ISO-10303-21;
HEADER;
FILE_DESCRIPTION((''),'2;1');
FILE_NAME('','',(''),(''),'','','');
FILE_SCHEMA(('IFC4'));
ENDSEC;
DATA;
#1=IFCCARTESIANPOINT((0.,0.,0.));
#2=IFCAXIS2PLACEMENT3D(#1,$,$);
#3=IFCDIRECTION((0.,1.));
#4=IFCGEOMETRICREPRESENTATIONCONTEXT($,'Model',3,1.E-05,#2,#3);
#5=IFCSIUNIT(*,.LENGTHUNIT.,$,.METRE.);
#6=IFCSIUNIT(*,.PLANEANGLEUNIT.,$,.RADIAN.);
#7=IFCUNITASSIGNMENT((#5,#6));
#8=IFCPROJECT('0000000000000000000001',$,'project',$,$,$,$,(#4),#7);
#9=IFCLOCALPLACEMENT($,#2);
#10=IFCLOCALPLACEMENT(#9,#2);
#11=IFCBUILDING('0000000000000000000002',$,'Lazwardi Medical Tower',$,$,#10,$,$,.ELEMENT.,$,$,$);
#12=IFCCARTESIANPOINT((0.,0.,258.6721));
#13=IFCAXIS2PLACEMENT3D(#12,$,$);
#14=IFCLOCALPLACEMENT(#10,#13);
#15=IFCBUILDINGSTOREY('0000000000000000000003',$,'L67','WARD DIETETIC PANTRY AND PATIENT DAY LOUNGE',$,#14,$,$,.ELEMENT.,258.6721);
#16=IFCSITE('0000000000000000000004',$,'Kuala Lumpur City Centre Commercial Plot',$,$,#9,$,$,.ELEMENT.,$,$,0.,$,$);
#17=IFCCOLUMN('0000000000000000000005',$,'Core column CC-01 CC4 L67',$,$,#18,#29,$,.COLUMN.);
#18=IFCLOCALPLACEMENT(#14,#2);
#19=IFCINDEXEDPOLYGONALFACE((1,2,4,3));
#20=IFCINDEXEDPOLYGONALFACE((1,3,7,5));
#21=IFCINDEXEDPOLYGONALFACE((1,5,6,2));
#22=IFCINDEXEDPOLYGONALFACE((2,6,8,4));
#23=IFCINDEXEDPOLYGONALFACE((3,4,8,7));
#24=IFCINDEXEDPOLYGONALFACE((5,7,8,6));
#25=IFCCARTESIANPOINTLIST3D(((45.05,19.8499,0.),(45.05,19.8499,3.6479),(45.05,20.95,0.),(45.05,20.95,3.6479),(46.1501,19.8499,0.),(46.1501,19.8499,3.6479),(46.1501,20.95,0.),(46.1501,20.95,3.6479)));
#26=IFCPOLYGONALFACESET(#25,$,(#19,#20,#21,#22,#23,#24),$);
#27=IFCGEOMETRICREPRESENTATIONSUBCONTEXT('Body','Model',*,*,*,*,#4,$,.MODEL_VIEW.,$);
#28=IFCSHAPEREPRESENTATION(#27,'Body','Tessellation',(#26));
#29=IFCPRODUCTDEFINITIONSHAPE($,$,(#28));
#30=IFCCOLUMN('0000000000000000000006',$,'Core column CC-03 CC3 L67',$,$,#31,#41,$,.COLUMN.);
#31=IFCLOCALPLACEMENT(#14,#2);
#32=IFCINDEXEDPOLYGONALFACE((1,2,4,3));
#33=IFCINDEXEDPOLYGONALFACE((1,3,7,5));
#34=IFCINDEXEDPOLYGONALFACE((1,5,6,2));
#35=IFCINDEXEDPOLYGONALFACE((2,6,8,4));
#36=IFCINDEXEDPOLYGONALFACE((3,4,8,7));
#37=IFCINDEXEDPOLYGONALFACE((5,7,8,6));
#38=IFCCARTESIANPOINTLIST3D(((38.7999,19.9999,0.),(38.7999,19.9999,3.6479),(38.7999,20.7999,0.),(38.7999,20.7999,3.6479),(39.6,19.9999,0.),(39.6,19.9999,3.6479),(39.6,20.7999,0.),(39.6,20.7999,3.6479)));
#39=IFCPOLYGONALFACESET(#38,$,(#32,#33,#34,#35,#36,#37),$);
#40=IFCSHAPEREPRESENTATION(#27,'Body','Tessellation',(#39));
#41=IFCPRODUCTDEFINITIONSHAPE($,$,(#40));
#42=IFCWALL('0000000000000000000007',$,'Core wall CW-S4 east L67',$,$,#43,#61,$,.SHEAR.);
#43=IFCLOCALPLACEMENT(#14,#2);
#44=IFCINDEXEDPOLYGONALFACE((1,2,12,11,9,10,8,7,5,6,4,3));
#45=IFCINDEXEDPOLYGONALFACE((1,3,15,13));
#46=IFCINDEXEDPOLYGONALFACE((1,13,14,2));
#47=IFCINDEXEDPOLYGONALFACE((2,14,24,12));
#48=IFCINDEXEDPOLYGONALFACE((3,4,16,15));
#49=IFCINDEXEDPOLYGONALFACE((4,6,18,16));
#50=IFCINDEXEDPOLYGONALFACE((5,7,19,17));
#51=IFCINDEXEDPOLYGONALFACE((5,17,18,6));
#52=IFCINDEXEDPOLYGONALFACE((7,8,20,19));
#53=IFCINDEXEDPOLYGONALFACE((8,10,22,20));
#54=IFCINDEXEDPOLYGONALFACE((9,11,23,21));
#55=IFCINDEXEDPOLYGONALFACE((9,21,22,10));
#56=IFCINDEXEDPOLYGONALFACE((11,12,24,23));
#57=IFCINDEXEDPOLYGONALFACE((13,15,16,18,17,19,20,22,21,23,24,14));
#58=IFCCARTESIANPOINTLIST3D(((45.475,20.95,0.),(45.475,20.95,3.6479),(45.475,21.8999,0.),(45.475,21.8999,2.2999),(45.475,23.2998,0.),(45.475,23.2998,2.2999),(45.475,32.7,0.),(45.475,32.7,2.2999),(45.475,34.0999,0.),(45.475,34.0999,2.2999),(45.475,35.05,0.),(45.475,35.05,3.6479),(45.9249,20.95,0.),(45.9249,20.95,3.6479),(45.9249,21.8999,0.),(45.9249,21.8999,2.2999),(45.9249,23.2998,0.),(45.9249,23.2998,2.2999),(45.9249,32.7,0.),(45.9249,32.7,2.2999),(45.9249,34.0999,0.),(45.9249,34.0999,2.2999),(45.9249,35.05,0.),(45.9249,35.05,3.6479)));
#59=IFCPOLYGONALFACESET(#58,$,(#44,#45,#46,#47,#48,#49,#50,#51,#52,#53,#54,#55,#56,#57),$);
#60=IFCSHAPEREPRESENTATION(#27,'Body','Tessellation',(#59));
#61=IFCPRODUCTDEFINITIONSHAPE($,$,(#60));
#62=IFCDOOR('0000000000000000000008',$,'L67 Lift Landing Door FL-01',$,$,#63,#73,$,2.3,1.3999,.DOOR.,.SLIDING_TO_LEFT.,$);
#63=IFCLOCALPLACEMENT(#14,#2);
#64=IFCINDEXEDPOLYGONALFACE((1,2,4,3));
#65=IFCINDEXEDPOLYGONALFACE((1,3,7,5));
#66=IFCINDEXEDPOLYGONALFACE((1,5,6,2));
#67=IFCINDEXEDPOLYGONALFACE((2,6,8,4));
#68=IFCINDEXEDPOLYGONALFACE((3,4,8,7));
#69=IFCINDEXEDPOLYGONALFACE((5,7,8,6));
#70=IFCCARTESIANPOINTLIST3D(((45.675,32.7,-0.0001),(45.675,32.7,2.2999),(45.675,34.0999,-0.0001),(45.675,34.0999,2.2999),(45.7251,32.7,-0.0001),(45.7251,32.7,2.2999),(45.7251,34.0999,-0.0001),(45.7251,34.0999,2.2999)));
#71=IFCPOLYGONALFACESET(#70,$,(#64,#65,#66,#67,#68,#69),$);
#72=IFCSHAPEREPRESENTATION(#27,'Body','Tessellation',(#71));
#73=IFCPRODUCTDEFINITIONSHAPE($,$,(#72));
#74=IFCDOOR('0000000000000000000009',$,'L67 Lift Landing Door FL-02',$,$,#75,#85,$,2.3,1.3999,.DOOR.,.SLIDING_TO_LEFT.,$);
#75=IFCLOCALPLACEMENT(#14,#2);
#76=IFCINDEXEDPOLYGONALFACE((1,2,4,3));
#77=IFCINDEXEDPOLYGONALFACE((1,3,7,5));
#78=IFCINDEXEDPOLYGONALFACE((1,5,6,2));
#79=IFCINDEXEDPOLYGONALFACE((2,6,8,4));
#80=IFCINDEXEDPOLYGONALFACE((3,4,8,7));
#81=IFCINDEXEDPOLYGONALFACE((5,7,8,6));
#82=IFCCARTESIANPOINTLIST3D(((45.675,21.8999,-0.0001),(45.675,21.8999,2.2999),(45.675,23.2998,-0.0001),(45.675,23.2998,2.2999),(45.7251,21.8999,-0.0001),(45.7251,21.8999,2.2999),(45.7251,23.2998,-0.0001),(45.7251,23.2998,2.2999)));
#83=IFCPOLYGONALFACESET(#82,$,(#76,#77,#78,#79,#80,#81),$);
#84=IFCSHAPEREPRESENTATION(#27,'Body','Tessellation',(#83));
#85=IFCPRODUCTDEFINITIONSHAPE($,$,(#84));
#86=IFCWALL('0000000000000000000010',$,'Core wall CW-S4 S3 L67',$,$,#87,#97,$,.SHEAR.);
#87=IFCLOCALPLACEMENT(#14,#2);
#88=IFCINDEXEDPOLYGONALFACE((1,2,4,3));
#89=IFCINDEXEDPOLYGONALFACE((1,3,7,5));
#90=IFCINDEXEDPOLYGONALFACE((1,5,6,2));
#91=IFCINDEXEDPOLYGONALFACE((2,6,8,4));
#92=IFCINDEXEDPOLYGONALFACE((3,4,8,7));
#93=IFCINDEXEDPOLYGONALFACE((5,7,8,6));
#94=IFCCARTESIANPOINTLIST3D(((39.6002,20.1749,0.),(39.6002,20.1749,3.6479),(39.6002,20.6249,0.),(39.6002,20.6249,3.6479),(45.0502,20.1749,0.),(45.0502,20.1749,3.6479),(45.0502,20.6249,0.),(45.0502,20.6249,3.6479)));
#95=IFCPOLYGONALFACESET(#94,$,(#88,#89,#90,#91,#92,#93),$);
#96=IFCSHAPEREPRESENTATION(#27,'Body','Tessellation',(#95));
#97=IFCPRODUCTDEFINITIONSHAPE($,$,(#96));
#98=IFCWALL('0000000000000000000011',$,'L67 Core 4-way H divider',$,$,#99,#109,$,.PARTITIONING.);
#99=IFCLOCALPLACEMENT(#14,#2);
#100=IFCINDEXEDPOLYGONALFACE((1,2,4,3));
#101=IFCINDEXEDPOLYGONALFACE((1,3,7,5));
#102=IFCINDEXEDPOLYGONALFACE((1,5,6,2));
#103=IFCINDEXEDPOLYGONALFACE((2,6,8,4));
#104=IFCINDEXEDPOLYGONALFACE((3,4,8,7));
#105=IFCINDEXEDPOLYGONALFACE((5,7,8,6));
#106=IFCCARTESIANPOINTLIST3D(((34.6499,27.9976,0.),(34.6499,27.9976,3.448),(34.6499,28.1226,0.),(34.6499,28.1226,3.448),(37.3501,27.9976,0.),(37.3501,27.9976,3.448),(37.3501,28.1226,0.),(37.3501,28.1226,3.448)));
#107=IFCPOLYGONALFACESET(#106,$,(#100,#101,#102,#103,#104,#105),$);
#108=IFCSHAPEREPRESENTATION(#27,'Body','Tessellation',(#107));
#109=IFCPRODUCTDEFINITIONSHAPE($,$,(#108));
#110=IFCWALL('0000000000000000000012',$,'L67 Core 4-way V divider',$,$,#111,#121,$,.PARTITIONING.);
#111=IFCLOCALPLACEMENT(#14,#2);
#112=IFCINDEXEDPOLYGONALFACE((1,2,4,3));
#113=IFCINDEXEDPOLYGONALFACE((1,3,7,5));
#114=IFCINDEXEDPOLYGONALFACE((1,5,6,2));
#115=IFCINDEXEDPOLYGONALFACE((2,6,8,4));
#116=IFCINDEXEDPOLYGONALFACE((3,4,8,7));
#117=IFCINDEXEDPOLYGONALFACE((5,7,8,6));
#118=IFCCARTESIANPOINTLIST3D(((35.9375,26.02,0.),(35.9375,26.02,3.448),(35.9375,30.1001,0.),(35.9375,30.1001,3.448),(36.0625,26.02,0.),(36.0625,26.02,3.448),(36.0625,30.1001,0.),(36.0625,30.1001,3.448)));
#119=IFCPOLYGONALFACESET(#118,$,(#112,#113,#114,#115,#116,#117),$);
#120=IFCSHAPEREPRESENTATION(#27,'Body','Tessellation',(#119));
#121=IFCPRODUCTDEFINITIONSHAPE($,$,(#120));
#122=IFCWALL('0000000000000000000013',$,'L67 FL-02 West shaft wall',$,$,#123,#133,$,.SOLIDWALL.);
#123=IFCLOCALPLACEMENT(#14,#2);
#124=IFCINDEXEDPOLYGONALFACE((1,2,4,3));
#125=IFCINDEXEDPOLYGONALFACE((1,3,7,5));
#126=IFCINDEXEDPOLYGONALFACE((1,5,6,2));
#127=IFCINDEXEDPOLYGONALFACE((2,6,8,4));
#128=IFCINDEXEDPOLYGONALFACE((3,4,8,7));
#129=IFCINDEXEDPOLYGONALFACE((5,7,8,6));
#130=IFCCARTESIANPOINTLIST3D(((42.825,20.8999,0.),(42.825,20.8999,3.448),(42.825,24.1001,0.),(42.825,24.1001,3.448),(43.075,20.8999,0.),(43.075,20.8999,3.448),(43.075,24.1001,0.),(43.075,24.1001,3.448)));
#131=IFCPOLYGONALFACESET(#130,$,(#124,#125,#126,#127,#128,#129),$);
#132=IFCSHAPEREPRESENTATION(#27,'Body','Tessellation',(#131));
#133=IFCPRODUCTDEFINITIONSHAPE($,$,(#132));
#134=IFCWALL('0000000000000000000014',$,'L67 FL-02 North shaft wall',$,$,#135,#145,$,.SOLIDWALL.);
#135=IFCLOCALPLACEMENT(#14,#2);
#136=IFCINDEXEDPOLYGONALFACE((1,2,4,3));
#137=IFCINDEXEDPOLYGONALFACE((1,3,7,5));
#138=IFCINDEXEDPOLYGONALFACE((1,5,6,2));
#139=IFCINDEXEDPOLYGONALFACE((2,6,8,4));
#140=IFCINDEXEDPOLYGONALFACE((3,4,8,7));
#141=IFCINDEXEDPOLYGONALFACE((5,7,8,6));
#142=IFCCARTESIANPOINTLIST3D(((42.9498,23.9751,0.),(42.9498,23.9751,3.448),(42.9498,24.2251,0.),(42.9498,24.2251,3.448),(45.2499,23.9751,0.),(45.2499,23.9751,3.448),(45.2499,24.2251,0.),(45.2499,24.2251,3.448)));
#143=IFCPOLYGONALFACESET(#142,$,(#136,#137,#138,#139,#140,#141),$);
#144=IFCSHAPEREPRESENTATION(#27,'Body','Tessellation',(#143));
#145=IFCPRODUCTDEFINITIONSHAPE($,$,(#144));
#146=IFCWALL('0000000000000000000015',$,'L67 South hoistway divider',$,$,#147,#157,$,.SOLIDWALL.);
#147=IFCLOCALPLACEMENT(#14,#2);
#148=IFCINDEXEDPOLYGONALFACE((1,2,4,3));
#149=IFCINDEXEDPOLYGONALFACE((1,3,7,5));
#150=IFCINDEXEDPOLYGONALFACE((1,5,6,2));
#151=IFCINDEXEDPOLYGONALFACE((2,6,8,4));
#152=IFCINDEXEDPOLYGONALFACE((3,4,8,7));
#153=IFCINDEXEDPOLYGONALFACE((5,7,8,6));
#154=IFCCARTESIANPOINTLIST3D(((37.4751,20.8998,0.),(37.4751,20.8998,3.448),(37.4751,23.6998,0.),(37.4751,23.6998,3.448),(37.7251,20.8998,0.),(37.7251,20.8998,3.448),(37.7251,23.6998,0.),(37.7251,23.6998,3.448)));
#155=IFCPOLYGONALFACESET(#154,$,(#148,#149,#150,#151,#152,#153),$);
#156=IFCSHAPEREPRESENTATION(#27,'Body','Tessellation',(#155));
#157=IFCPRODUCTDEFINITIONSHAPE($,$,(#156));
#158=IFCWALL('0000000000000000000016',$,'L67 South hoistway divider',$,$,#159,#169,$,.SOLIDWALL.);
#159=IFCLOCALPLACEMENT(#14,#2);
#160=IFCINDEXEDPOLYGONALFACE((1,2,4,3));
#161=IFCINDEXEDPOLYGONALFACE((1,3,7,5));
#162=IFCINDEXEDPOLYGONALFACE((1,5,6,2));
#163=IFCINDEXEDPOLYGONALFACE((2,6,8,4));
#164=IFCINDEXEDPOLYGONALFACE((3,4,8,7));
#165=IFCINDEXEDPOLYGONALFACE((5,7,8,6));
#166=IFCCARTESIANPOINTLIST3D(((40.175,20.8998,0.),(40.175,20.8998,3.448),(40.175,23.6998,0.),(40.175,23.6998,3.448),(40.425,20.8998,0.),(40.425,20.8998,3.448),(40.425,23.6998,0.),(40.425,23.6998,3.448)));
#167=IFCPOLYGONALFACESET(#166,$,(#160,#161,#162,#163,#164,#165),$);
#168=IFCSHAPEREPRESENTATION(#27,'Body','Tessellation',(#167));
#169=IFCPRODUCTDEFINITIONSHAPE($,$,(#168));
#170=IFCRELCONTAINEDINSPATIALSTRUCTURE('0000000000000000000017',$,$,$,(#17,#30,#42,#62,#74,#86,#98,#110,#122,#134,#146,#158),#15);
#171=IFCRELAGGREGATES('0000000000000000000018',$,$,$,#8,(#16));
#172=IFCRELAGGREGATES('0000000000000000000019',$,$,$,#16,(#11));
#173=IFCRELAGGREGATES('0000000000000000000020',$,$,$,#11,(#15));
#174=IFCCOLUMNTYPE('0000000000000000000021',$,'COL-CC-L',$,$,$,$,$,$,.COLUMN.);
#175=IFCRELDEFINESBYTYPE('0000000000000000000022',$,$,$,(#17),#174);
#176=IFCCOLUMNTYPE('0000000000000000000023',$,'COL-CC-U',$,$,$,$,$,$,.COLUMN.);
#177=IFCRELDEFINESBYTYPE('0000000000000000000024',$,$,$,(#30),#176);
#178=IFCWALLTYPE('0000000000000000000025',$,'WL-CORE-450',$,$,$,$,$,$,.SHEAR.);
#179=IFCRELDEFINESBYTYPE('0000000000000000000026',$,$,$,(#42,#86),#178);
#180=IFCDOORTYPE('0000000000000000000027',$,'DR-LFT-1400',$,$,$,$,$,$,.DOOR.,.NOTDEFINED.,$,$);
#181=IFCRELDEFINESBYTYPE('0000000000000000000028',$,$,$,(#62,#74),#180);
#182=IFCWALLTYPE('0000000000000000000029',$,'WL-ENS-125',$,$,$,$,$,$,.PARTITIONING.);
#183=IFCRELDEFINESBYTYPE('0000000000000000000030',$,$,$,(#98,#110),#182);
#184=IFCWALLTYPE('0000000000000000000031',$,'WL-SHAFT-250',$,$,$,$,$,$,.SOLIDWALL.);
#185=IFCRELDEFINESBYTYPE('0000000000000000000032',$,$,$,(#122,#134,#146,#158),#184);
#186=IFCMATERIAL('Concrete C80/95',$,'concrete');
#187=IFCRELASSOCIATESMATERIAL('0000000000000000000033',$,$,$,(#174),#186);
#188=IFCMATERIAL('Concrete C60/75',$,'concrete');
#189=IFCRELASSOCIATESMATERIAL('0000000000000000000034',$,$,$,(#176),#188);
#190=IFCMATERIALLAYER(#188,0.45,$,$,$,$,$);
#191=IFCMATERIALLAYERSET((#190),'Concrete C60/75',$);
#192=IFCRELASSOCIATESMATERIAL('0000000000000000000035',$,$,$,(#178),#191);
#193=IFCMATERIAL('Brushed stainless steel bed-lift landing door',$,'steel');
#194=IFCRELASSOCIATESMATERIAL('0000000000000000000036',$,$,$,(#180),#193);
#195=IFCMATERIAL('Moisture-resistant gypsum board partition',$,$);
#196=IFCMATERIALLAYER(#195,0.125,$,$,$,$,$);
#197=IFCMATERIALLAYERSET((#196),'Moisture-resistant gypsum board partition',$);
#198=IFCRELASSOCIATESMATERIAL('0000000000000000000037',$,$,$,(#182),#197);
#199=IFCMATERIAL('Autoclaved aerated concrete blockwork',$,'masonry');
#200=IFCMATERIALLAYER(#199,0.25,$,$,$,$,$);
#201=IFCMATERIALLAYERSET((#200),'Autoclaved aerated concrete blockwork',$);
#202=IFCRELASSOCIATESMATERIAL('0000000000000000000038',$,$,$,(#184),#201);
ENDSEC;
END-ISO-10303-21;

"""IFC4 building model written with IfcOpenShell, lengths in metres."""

from ifc_helpers import new_model, si_unit, direction, frame, frame_2d, origin, origin_2d, place, context, subcontext, project, spatial, rectangle, extrude, material, layer, layer_set, material_profile, profile_set, type_object, element, fill, save


model = new_model("IFC4")

# Units and contexts
model_context = context("Model", 3, precision=1e-05, world=origin(), true_north=direction((0.0, 1.0)))
body_context = subcontext(model_context, "Body", "Model", "MODEL_VIEW")
ifc_project = project(units=[si_unit("LENGTHUNIT", "METRE"), si_unit("PLANEANGLEUNIT", "RADIAN")], contexts=[model_context])

# Site, building, storey
site_placement = place(None, origin())
site = spatial("IfcSite", under=ifc_project, at=site_placement, Name="Kuala Lumpur City Centre Commercial Plot", CompositionType="ELEMENT", RefElevation=0.0)
building_placement = place(site_placement, origin())
building = spatial("IfcBuilding", under=site, at=building_placement, Name="Lazwardi Medical Tower", CompositionType="ELEMENT")
storey_placement = place(building_placement, frame((0.0, 0.0, 258.6721)))
storey = spatial("IfcBuildingStorey", under=building, at=storey_placement, Name="L67", Description="WARD DIETETIC PANTRY AND PATIENT DAY LOUNGE", CompositionType="ELEMENT", Elevation=258.6721)

# Columns
ifc_material_1 = material(Name="Concrete C80/95", Category="concrete")
ifc_material_profile_1 = material_profile(ifc_material_1, rectangle(XDim=1.1001, YDim=1.1001, at=origin_2d()), Name="RC 1100x1100")
ifc_profile_set_1 = profile_set([ifc_material_profile_1], Name="Concrete C80/95")
column_type_1 = type_object("IfcColumnType", Name="COL-CC-L", PredefinedType="COLUMN", material=ifc_profile_set_1)
column_1_placement = place(storey_placement, frame((45.6001, 20.3999, 0.0), z_axis=(0.0, 0.0, 1.0), x_axis=(1.0, 0.0, 0.0)))
element("IfcColumn", 1, at=column_1_placement, inside=storey, type_object=column_type_1, Name="Core column CC-01 CC4 L67", PredefinedType="COLUMN", context=body_context, shape_type="SweptSolid", body=[
    extrude(rectangle(XDim=1.1001, YDim=1.1001, at=origin_2d()), origin(), (0.0, 0.0, 1.0), 3.6479),
])
ifc_material_2 = material(Name="Concrete C60/75", Category="concrete")
ifc_material_profile_2 = material_profile(ifc_material_2, rectangle(XDim=0.8, YDim=0.8, at=origin_2d()), Name="RC 800x800")
ifc_profile_set_2 = profile_set([ifc_material_profile_2], Name="Concrete C60/75")
column_type_2 = type_object("IfcColumnType", Name="COL-CC-U", PredefinedType="COLUMN", material=ifc_profile_set_2)
column_2_placement = place(storey_placement, frame((39.2, 20.3999, 0.0), z_axis=(0.0, 0.0, 1.0), x_axis=(1.0, 0.0, 0.0)))
element("IfcColumn", 2, at=column_2_placement, inside=storey, type_object=column_type_2, Name="Core column CC-03 CC3 L67", PredefinedType="COLUMN", context=body_context, shape_type="SweptSolid", body=[
    extrude(rectangle(XDim=0.8, YDim=0.8, at=origin_2d()), origin(), (0.0, 0.0, 1.0), 3.6479),
])

# Wall, openings, doors
ifc_layer_1 = layer(ifc_material_2, 0.45)
ifc_layer_set_1 = layer_set([ifc_layer_1], Name="Concrete C60/75")
wall_type_1 = type_object("IfcWallType", Name="WL-CORE-450", PredefinedType="SHEAR", material=ifc_layer_set_1)
wall_1_placement = place(storey_placement, frame((45.7, 20.95, 0.0), z_axis=(0.0, 0.0, 1.0), x_axis=(0.0, 1.0, 0.0)))
wall_1 = element("IfcWall", 3, at=wall_1_placement, inside=storey, type_object=wall_type_1, Name="Core wall CW-S4 east L67", PredefinedType="SHEAR", context=body_context, shape_type="SweptSolid", body=[
    extrude(rectangle(XDim=14.1001, YDim=0.45, at=frame_2d((7.05, 0.0))), origin(), (0.0, 0.0, 1.0), 3.6479),
])
opening_1_placement = place(wall_1_placement, frame((11.75, 0.0, 0.0)))
opening_1 = element("IfcOpeningElement", 4, at=opening_1_placement, cuts=wall_1, PredefinedType="OPENING", context=body_context, shape_type="SweptSolid", body=[
    extrude(rectangle(XDim=1.3999, YDim=2.3, at=frame_2d((0.7, 1.1499))), frame((0.0, 0.2349, 0.0), z_axis=(0.0, -1.0, 0.0), x_axis=(1.0, 0.0, 0.0)), (0.0, 0.0, 1.0), 0.47),
])
opening_2_placement = place(wall_1_placement, frame((0.95, 0.0, 0.0)))
opening_2 = element("IfcOpeningElement", 5, at=opening_2_placement, cuts=wall_1, PredefinedType="OPENING", context=body_context, shape_type="SweptSolid", body=[
    extrude(rectangle(XDim=1.3999, YDim=2.3, at=frame_2d((0.7, 1.1499))), frame((0.0, 0.2349, 0.0), z_axis=(0.0, -1.0, 0.0), x_axis=(1.0, 0.0, 0.0)), (0.0, 0.0, 1.0), 0.47),
])
ifc_material_3 = material(Name="Brushed stainless steel bed-lift landing door", Category="steel")
door_type_1 = type_object("IfcDoorType", Name="DR-LFT-1400", OperationType="NOTDEFINED", PredefinedType="DOOR", material=ifc_material_3)
door_1_placement = place(opening_1_placement, origin())
door_1 = element("IfcDoor", 6, at=door_1_placement, inside=storey, type_object=door_type_1, Name="L67 Lift Landing Door FL-01", OperationType="SLIDING_TO_LEFT", OverallHeight=2.3, OverallWidth=1.3999, PredefinedType="DOOR", context=body_context, shape_type="SweptSolid", body=[
    extrude(rectangle(XDim=1.3999, YDim=2.3, at=frame_2d((0.7, 1.1499))), frame((0.0, 0.0249, 0.0), z_axis=(0.0, -1.0, 0.0), x_axis=(1.0, 0.0, 0.0)), (0.0, 0.0, 1.0), 0.05),
])
fill(opening_1, door_1)
door_2_placement = place(opening_2_placement, origin())
door_2 = element("IfcDoor", 7, at=door_2_placement, inside=storey, type_object=door_type_1, Name="L67 Lift Landing Door FL-02", OperationType="SLIDING_TO_LEFT", OverallHeight=2.3, OverallWidth=1.3999, PredefinedType="DOOR", context=body_context, shape_type="SweptSolid", body=[
    extrude(rectangle(XDim=1.3999, YDim=2.3, at=frame_2d((0.7, 1.1499))), frame((0.0, 0.0249, 0.0), z_axis=(0.0, -1.0, 0.0), x_axis=(1.0, 0.0, 0.0)), (0.0, 0.0, 1.0), 0.05),
])
fill(opening_2, door_2)

# Walls
wall_2_placement = place(storey_placement, frame((39.6001, 20.3999, 0.0), z_axis=(0.0, 0.0, 1.0), x_axis=(1.0, 0.0, 0.0)))
element("IfcWall", 8, at=wall_2_placement, inside=storey, type_object=wall_type_1, Name="Core wall CW-S4 S3 L67", PredefinedType="SHEAR", context=body_context, shape_type="SweptSolid", body=[
    extrude(rectangle(XDim=5.45, YDim=0.45, at=frame_2d((2.7251, 0.0))), origin(), (0.0, 0.0, 1.0), 3.6479),
])
ifc_material_4 = material(Name="Moisture-resistant gypsum board partition")
ifc_layer_2 = layer(ifc_material_4, 0.125)
ifc_layer_set_2 = layer_set([ifc_layer_2], Name="Moisture-resistant gypsum board partition")
wall_type_2 = type_object("IfcWallType", Name="WL-ENS-125", PredefinedType="PARTITIONING", material=ifc_layer_set_2)
wall_3_placement = place(storey_placement, frame((34.6499, 28.0601, 0.0), z_axis=(0.0, 0.0, 1.0), x_axis=(1.0, 0.0, 0.0)))
element("IfcWall", 9, at=wall_3_placement, inside=storey, type_object=wall_type_2, Name="L67 Core 4-way H divider", PredefinedType="PARTITIONING", context=body_context, shape_type="SweptSolid", body=[
    extrude(rectangle(XDim=2.7002, YDim=0.125, at=frame_2d((1.3501, 0.0))), origin(), (0.0, 0.0, 1.0), 3.448),
])
wall_4_placement = place(storey_placement, frame((36.0, 26.02, 0.0), z_axis=(0.0, 0.0, 1.0), x_axis=(0.0, 1.0, 0.0)))
element("IfcWall", 10, at=wall_4_placement, inside=storey, type_object=wall_type_2, Name="L67 Core 4-way V divider", PredefinedType="PARTITIONING", context=body_context, shape_type="SweptSolid", body=[
    extrude(rectangle(XDim=4.0801, YDim=0.125, at=frame_2d((2.04, 0.0))), origin(), (0.0, 0.0, 1.0), 3.448),
])
ifc_material_5 = material(Name="Autoclaved aerated concrete blockwork", Category="masonry")
ifc_layer_3 = layer(ifc_material_5, 0.25)
ifc_layer_set_3 = layer_set([ifc_layer_3], Name="Autoclaved aerated concrete blockwork")
wall_type_3 = type_object("IfcWallType", Name="WL-SHAFT-250", PredefinedType="SOLIDWALL", material=ifc_layer_set_3)
wall_5_placement = place(storey_placement, frame((42.95, 20.8999, 0.0), z_axis=(0.0, 0.0, 1.0), x_axis=(0.0, 1.0, 0.0)))
element("IfcWall", 11, at=wall_5_placement, inside=storey, type_object=wall_type_3, Name="L67 FL-02 West shaft wall", PredefinedType="SOLIDWALL", context=body_context, shape_type="SweptSolid", body=[
    extrude(rectangle(XDim=3.2002, YDim=0.25, at=frame_2d((1.6001, 0.0))), origin(), (0.0, 0.0, 1.0), 3.448),
])
wall_6_placement = place(storey_placement, frame((42.95, 24.1001, 0.0), z_axis=(0.0, 0.0, 1.0), x_axis=(1.0, 0.0, 0.0)))
element("IfcWall", 12, at=wall_6_placement, inside=storey, type_object=wall_type_3, Name="L67 FL-02 North shaft wall", PredefinedType="SOLIDWALL", context=body_context, shape_type="SweptSolid", body=[
    extrude(rectangle(XDim=2.3, YDim=0.25, at=frame_2d((1.1499, 0.0))), origin(), (0.0, 0.0, 1.0), 3.448),
])
for number, where, z_axis, x_axis, name in (
    (13, (37.6001, 20.8999, 0.0), (0.0, 0.0, 1.0), (0.0, 1.0, 0.0), "L67 South hoistway divider"),
    (14, (40.3, 20.8999, 0.0), (0.0, 0.0, 1.0), (0.0, 1.0, 0.0), "L67 South hoistway divider"),
):
    element("IfcWall", number, at=place(storey_placement, frame(where, z_axis=z_axis, x_axis=x_axis)), inside=storey, type_object=wall_type_3, Name=name, PredefinedType="SOLIDWALL", context=body_context, shape_type="SweptSolid", body=[
        extrude(rectangle(XDim=2.8, YDim=0.25, at=frame_2d((1.3999, 0.0))), origin(), (0.0, 0.0, 1.0), 3.448),
    ])

save(model, "model.ifc")
